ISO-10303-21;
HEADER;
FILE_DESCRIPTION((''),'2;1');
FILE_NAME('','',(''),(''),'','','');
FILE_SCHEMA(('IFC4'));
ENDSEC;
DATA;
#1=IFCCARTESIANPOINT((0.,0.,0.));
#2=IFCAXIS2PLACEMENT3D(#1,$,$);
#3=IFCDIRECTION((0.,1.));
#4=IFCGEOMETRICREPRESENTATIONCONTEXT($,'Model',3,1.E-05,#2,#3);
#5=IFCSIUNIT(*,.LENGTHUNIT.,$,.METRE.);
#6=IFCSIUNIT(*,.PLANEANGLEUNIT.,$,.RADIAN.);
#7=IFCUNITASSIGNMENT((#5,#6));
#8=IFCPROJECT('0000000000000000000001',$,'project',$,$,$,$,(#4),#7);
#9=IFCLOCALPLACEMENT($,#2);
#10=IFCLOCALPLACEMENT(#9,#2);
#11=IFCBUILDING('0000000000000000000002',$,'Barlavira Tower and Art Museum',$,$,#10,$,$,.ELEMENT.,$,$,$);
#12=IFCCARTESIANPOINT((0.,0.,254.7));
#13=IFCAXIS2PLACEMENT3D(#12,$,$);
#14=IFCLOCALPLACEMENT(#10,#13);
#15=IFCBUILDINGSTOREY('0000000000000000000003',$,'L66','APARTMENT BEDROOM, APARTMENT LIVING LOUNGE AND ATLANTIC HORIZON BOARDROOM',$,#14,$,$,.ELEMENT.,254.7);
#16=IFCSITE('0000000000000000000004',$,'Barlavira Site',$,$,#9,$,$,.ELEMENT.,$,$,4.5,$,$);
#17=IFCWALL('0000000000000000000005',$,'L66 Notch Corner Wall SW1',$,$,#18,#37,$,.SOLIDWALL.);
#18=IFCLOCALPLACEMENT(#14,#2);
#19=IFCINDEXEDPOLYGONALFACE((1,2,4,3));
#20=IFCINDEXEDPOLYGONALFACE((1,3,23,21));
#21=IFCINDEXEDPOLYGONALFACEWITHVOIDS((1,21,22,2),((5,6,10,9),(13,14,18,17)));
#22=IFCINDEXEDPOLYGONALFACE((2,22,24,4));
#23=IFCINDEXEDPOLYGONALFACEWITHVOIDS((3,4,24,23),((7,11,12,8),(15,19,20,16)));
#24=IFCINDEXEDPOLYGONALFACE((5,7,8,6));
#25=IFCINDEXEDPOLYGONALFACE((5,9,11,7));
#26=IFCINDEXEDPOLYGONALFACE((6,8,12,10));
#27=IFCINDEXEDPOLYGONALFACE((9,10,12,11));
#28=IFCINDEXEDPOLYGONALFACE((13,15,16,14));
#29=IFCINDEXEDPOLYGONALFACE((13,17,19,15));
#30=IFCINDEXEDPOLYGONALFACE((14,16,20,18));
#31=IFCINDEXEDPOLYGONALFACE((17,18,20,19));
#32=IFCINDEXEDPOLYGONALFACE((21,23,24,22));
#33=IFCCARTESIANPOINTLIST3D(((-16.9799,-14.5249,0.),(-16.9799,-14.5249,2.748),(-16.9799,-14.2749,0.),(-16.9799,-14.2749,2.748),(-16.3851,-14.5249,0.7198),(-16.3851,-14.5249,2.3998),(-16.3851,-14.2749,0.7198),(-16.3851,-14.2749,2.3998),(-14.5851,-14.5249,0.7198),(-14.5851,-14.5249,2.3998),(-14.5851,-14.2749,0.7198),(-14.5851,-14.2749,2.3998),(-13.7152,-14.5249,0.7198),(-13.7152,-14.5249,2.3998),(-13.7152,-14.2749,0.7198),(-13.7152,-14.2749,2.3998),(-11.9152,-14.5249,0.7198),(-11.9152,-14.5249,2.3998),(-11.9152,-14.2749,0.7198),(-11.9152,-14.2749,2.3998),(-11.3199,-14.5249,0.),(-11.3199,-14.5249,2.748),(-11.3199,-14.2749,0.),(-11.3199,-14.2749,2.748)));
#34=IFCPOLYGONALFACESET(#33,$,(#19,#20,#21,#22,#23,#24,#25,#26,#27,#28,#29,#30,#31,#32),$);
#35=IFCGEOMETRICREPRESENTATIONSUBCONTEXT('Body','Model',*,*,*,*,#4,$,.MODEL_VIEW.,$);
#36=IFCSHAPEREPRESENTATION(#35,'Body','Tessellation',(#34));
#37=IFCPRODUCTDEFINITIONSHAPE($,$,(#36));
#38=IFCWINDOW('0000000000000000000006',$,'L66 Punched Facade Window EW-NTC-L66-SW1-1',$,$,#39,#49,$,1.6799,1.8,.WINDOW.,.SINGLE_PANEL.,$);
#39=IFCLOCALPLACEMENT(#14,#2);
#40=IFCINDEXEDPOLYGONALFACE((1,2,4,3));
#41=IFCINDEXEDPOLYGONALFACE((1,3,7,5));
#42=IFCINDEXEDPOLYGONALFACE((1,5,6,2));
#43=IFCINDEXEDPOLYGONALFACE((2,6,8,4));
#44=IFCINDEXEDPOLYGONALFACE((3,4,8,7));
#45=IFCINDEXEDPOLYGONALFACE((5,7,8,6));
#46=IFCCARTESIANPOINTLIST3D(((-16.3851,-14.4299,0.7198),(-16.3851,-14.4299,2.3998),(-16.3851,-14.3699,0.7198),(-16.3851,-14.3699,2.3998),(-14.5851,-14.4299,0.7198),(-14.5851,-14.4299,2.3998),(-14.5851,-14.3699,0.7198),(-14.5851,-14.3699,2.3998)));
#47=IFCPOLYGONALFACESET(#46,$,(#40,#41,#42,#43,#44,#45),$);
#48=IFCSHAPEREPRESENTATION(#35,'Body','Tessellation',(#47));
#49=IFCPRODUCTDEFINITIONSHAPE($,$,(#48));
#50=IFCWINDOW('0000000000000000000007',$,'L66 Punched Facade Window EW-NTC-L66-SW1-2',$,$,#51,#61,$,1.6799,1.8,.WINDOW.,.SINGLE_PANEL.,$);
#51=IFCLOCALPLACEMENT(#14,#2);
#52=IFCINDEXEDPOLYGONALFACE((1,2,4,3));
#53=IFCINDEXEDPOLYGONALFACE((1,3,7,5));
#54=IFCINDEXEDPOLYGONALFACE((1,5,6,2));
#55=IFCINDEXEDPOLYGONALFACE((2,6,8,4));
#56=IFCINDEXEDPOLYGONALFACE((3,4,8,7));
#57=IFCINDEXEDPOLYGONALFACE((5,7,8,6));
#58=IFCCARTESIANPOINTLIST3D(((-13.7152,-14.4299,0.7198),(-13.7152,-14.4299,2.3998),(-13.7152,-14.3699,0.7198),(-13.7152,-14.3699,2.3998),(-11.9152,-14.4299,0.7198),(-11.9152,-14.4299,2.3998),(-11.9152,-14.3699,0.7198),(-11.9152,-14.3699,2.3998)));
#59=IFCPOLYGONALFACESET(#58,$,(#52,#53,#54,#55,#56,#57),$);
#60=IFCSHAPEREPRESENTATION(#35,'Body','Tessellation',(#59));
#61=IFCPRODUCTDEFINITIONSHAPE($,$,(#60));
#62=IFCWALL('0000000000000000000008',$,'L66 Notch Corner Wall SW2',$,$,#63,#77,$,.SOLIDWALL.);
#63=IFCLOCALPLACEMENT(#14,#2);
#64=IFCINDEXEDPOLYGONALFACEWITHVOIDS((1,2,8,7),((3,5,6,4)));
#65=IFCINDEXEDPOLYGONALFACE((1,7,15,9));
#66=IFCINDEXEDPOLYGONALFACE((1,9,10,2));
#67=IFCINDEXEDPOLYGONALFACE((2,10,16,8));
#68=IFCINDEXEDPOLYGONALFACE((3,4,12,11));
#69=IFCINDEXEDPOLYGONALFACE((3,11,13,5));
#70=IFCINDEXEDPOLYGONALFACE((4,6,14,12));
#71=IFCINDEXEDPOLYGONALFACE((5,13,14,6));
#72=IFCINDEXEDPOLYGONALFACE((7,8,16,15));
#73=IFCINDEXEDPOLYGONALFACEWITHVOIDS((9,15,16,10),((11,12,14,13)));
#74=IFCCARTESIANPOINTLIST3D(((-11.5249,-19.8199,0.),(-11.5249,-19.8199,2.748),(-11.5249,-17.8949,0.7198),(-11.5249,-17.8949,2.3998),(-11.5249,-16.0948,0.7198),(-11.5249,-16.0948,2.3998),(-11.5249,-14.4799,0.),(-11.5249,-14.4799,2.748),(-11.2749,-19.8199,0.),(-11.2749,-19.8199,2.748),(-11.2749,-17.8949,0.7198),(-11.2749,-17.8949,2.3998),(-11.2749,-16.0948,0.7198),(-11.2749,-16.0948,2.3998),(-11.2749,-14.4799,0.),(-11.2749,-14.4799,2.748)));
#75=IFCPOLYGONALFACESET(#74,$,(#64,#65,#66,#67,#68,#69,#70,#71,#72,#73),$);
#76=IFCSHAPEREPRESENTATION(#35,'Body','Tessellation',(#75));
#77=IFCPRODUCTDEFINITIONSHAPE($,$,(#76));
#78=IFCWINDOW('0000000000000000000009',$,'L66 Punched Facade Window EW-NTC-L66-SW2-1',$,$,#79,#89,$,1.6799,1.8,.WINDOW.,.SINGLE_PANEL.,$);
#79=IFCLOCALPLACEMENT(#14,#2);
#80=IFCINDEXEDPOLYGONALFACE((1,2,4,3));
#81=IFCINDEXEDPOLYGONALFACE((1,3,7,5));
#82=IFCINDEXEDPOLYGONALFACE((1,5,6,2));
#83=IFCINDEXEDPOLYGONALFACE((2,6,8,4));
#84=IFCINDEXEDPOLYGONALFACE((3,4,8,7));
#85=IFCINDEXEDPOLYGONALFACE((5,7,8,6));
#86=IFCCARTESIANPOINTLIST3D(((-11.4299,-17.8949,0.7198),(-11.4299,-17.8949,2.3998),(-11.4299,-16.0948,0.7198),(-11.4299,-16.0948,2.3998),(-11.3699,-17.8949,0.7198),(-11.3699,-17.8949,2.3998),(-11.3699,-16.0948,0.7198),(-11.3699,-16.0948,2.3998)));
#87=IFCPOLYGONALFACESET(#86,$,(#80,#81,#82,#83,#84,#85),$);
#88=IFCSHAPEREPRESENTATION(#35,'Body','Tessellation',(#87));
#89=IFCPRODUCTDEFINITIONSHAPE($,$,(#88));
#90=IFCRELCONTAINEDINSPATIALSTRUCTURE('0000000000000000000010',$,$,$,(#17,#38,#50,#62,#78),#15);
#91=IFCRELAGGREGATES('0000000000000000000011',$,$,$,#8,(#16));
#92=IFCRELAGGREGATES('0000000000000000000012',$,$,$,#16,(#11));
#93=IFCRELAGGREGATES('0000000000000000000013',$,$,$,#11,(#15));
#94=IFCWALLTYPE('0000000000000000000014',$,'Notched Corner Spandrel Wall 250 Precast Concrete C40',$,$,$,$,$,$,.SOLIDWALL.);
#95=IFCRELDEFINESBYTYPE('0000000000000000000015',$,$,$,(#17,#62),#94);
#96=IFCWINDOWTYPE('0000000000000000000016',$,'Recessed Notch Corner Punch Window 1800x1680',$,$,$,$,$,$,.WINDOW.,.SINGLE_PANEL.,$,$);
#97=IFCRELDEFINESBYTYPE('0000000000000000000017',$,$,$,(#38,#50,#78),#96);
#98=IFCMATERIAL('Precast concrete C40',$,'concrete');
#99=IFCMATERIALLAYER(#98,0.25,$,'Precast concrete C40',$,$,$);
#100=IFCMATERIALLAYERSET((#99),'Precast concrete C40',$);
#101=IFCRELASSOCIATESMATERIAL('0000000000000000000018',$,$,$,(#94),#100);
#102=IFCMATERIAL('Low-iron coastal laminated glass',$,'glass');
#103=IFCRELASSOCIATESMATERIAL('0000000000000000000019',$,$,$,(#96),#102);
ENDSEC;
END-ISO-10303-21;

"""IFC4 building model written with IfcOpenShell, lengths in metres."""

from ifc_helpers import new_model, si_unit, direction, frame, frame_2d, origin, place, context, subcontext, project, spatial, rectangle, extrude, material, layer, layer_set, type_object, element, fill, save


model = new_model("IFC4")

# Units and contexts
model_context = context("Model", 3, precision=1e-05, world=origin(), true_north=direction((0.0, 1.0)))
body_context = subcontext(model_context, "Body", "Model", "MODEL_VIEW")
ifc_project = project(units=[si_unit("LENGTHUNIT", "METRE"), si_unit("PLANEANGLEUNIT", "RADIAN")], contexts=[model_context])

# Site, building, storey
site_placement = place(None, origin())
site = spatial("IfcSite", under=ifc_project, at=site_placement, Name="Barlavira Site", CompositionType="ELEMENT", RefElevation=4.5)
building_placement = place(site_placement, origin())
building = spatial("IfcBuilding", under=site, at=building_placement, Name="Barlavira Tower and Art Museum", CompositionType="ELEMENT")
storey_placement = place(building_placement, frame((0.0, 0.0, 254.7)))
storey = spatial("IfcBuildingStorey", under=building, at=storey_placement, Name="L66", Description="APARTMENT BEDROOM, APARTMENT LIVING LOUNGE AND ATLANTIC HORIZON BOARDROOM", CompositionType="ELEMENT", Elevation=254.7)

# Shared definitions
ifc_material_1 = material(Name="Precast concrete C40", Category="concrete")
ifc_layer_1 = layer(ifc_material_1, 0.25, Name="Precast concrete C40")
ifc_layer_set_1 = layer_set([ifc_layer_1], Name="Precast concrete C40")
wall_type_1 = type_object("IfcWallType", Name="Notched Corner Spandrel Wall 250 Precast Concrete C40", PredefinedType="SOLIDWALL", material=ifc_layer_set_1)
ifc_material_2 = material(Name="Low-iron coastal laminated glass", Category="glass")
window_type = type_object("IfcWindowType", Name="Recessed Notch Corner Punch Window 1800x1680", PartitioningType="SINGLE_PANEL", PredefinedType="WINDOW", material=ifc_material_2)

# Wall, openings, windows
wall_1_placement = place(storey_placement, frame((-16.98, -14.3999, 0.0), z_axis=(0.0, 0.0, 1.0), x_axis=(1.0, 0.0, 0.0)))
wall_1 = element("IfcWall", 1, at=wall_1_placement, inside=storey, type_object=wall_type_1, Name="L66 Notch Corner Wall SW1", PredefinedType="SOLIDWALL", context=body_context, shape_type="SweptSolid", body=[
    extrude(rectangle(XDim=5.6599, YDim=0.25, at=frame_2d((2.8301, 0.0))), origin(), (0.0, 0.0, 1.0), 2.748),
])
opening_1_placement = place(wall_1_placement, frame((0.595, 0.0, 0.72)))
opening_1 = element("IfcOpeningElement", 2, at=opening_1_placement, cuts=wall_1, PredefinedType="OPENING", context=body_context, shape_type="SweptSolid", body=[
    extrude(rectangle(XDim=1.8, YDim=1.6799, at=frame_2d((0.8999, 0.8398))), frame((0.0, 0.135, 0.0), z_axis=(0.0, -1.0, 0.0), x_axis=(1.0, 0.0, 0.0)), (0.0, 0.0, 1.0), 0.27),
])
opening_2_placement = place(wall_1_placement, frame((3.2649, 0.0, 0.72)))
opening_2 = element("IfcOpeningElement", 3, at=opening_2_placement, cuts=wall_1, PredefinedType="OPENING", context=body_context, shape_type="SweptSolid", body=[
    extrude(rectangle(XDim=1.8, YDim=1.6799, at=frame_2d((0.8999, 0.8398))), frame((0.0, 0.135, 0.0), z_axis=(0.0, -1.0, 0.0), x_axis=(1.0, 0.0, 0.0)), (0.0, 0.0, 1.0), 0.27),
])
window_1_placement = place(opening_1_placement, origin())
window_1 = element("IfcWindow", 4, at=window_1_placement, inside=storey, type_object=window_type, Name="L66 Punched Facade Window EW-NTC-L66-SW1-1", OverallHeight=1.6799, OverallWidth=1.8, PartitioningType="SINGLE_PANEL", PredefinedType="WINDOW", context=body_context, shape_type="SweptSolid", body=[
    extrude(rectangle(XDim=1.8, YDim=1.6799, at=frame_2d((0.8999, 0.8398))), frame((0.0, 0.03, 0.0), z_axis=(0.0, -1.0, 0.0), x_axis=(1.0, 0.0, 0.0)), (0.0, 0.0, 1.0), 0.0601),
])
fill(opening_1, window_1)
window_2_placement = place(opening_2_placement, origin())
window_2 = element("IfcWindow", 5, at=window_2_placement, inside=storey, type_object=window_type, Name="L66 Punched Facade Window EW-NTC-L66-SW1-2", OverallHeight=1.6799, OverallWidth=1.8, PartitioningType="SINGLE_PANEL", PredefinedType="WINDOW", context=body_context, shape_type="SweptSolid", body=[
    extrude(rectangle(XDim=1.8, YDim=1.6799, at=frame_2d((0.8999, 0.8398))), frame((0.0, 0.03, 0.0), z_axis=(0.0, -1.0, 0.0), x_axis=(1.0, 0.0, 0.0)), (0.0, 0.0, 1.0), 0.0601),
])
fill(opening_2, window_2)

# Wall, opening, window
wall_2_placement = place(storey_placement, frame((-11.3999, -14.48, 0.0), z_axis=(0.0, 0.0, 1.0), x_axis=(0.0, -1.0, 0.0)))
wall_2 = element("IfcWall", 6, at=wall_2_placement, inside=storey, type_object=wall_type_1, Name="L66 Notch Corner Wall SW2", PredefinedType="SOLIDWALL", context=body_context, shape_type="SweptSolid", body=[
    extrude(rectangle(XDim=5.3401, YDim=0.25, at=frame_2d((2.6699, 0.0))), origin(), (0.0, 0.0, 1.0), 2.748),
])
opening_3_placement = place(wall_2_placement, frame((1.615, 0.0, 0.72)))
opening_3 = element("IfcOpeningElement", 7, at=opening_3_placement, cuts=wall_2, PredefinedType="OPENING", context=body_context, shape_type="SweptSolid", body=[
    extrude(rectangle(XDim=1.8, YDim=1.6799, at=frame_2d((0.8999, 0.8398))), frame((0.0, 0.135, 0.0), z_axis=(0.0, -1.0, 0.0), x_axis=(1.0, 0.0, 0.0)), (0.0, 0.0, 1.0), 0.27),
])
window_3_placement = place(opening_3_placement, origin())
window_3 = element("IfcWindow", 8, at=window_3_placement, inside=storey, type_object=window_type, Name="L66 Punched Facade Window EW-NTC-L66-SW2-1", OverallHeight=1.6799, OverallWidth=1.8, PartitioningType="SINGLE_PANEL", PredefinedType="WINDOW", context=body_context, shape_type="SweptSolid", body=[
    extrude(rectangle(XDim=1.8, YDim=1.6799, at=frame_2d((0.8999, 0.8398))), frame((0.0, 0.03, 0.0), z_axis=(0.0, -1.0, 0.0), x_axis=(1.0, 0.0, 0.0)), (0.0, 0.0, 1.0), 0.0601),
])
fill(opening_3, window_3)

save(model, "model.ifc")
